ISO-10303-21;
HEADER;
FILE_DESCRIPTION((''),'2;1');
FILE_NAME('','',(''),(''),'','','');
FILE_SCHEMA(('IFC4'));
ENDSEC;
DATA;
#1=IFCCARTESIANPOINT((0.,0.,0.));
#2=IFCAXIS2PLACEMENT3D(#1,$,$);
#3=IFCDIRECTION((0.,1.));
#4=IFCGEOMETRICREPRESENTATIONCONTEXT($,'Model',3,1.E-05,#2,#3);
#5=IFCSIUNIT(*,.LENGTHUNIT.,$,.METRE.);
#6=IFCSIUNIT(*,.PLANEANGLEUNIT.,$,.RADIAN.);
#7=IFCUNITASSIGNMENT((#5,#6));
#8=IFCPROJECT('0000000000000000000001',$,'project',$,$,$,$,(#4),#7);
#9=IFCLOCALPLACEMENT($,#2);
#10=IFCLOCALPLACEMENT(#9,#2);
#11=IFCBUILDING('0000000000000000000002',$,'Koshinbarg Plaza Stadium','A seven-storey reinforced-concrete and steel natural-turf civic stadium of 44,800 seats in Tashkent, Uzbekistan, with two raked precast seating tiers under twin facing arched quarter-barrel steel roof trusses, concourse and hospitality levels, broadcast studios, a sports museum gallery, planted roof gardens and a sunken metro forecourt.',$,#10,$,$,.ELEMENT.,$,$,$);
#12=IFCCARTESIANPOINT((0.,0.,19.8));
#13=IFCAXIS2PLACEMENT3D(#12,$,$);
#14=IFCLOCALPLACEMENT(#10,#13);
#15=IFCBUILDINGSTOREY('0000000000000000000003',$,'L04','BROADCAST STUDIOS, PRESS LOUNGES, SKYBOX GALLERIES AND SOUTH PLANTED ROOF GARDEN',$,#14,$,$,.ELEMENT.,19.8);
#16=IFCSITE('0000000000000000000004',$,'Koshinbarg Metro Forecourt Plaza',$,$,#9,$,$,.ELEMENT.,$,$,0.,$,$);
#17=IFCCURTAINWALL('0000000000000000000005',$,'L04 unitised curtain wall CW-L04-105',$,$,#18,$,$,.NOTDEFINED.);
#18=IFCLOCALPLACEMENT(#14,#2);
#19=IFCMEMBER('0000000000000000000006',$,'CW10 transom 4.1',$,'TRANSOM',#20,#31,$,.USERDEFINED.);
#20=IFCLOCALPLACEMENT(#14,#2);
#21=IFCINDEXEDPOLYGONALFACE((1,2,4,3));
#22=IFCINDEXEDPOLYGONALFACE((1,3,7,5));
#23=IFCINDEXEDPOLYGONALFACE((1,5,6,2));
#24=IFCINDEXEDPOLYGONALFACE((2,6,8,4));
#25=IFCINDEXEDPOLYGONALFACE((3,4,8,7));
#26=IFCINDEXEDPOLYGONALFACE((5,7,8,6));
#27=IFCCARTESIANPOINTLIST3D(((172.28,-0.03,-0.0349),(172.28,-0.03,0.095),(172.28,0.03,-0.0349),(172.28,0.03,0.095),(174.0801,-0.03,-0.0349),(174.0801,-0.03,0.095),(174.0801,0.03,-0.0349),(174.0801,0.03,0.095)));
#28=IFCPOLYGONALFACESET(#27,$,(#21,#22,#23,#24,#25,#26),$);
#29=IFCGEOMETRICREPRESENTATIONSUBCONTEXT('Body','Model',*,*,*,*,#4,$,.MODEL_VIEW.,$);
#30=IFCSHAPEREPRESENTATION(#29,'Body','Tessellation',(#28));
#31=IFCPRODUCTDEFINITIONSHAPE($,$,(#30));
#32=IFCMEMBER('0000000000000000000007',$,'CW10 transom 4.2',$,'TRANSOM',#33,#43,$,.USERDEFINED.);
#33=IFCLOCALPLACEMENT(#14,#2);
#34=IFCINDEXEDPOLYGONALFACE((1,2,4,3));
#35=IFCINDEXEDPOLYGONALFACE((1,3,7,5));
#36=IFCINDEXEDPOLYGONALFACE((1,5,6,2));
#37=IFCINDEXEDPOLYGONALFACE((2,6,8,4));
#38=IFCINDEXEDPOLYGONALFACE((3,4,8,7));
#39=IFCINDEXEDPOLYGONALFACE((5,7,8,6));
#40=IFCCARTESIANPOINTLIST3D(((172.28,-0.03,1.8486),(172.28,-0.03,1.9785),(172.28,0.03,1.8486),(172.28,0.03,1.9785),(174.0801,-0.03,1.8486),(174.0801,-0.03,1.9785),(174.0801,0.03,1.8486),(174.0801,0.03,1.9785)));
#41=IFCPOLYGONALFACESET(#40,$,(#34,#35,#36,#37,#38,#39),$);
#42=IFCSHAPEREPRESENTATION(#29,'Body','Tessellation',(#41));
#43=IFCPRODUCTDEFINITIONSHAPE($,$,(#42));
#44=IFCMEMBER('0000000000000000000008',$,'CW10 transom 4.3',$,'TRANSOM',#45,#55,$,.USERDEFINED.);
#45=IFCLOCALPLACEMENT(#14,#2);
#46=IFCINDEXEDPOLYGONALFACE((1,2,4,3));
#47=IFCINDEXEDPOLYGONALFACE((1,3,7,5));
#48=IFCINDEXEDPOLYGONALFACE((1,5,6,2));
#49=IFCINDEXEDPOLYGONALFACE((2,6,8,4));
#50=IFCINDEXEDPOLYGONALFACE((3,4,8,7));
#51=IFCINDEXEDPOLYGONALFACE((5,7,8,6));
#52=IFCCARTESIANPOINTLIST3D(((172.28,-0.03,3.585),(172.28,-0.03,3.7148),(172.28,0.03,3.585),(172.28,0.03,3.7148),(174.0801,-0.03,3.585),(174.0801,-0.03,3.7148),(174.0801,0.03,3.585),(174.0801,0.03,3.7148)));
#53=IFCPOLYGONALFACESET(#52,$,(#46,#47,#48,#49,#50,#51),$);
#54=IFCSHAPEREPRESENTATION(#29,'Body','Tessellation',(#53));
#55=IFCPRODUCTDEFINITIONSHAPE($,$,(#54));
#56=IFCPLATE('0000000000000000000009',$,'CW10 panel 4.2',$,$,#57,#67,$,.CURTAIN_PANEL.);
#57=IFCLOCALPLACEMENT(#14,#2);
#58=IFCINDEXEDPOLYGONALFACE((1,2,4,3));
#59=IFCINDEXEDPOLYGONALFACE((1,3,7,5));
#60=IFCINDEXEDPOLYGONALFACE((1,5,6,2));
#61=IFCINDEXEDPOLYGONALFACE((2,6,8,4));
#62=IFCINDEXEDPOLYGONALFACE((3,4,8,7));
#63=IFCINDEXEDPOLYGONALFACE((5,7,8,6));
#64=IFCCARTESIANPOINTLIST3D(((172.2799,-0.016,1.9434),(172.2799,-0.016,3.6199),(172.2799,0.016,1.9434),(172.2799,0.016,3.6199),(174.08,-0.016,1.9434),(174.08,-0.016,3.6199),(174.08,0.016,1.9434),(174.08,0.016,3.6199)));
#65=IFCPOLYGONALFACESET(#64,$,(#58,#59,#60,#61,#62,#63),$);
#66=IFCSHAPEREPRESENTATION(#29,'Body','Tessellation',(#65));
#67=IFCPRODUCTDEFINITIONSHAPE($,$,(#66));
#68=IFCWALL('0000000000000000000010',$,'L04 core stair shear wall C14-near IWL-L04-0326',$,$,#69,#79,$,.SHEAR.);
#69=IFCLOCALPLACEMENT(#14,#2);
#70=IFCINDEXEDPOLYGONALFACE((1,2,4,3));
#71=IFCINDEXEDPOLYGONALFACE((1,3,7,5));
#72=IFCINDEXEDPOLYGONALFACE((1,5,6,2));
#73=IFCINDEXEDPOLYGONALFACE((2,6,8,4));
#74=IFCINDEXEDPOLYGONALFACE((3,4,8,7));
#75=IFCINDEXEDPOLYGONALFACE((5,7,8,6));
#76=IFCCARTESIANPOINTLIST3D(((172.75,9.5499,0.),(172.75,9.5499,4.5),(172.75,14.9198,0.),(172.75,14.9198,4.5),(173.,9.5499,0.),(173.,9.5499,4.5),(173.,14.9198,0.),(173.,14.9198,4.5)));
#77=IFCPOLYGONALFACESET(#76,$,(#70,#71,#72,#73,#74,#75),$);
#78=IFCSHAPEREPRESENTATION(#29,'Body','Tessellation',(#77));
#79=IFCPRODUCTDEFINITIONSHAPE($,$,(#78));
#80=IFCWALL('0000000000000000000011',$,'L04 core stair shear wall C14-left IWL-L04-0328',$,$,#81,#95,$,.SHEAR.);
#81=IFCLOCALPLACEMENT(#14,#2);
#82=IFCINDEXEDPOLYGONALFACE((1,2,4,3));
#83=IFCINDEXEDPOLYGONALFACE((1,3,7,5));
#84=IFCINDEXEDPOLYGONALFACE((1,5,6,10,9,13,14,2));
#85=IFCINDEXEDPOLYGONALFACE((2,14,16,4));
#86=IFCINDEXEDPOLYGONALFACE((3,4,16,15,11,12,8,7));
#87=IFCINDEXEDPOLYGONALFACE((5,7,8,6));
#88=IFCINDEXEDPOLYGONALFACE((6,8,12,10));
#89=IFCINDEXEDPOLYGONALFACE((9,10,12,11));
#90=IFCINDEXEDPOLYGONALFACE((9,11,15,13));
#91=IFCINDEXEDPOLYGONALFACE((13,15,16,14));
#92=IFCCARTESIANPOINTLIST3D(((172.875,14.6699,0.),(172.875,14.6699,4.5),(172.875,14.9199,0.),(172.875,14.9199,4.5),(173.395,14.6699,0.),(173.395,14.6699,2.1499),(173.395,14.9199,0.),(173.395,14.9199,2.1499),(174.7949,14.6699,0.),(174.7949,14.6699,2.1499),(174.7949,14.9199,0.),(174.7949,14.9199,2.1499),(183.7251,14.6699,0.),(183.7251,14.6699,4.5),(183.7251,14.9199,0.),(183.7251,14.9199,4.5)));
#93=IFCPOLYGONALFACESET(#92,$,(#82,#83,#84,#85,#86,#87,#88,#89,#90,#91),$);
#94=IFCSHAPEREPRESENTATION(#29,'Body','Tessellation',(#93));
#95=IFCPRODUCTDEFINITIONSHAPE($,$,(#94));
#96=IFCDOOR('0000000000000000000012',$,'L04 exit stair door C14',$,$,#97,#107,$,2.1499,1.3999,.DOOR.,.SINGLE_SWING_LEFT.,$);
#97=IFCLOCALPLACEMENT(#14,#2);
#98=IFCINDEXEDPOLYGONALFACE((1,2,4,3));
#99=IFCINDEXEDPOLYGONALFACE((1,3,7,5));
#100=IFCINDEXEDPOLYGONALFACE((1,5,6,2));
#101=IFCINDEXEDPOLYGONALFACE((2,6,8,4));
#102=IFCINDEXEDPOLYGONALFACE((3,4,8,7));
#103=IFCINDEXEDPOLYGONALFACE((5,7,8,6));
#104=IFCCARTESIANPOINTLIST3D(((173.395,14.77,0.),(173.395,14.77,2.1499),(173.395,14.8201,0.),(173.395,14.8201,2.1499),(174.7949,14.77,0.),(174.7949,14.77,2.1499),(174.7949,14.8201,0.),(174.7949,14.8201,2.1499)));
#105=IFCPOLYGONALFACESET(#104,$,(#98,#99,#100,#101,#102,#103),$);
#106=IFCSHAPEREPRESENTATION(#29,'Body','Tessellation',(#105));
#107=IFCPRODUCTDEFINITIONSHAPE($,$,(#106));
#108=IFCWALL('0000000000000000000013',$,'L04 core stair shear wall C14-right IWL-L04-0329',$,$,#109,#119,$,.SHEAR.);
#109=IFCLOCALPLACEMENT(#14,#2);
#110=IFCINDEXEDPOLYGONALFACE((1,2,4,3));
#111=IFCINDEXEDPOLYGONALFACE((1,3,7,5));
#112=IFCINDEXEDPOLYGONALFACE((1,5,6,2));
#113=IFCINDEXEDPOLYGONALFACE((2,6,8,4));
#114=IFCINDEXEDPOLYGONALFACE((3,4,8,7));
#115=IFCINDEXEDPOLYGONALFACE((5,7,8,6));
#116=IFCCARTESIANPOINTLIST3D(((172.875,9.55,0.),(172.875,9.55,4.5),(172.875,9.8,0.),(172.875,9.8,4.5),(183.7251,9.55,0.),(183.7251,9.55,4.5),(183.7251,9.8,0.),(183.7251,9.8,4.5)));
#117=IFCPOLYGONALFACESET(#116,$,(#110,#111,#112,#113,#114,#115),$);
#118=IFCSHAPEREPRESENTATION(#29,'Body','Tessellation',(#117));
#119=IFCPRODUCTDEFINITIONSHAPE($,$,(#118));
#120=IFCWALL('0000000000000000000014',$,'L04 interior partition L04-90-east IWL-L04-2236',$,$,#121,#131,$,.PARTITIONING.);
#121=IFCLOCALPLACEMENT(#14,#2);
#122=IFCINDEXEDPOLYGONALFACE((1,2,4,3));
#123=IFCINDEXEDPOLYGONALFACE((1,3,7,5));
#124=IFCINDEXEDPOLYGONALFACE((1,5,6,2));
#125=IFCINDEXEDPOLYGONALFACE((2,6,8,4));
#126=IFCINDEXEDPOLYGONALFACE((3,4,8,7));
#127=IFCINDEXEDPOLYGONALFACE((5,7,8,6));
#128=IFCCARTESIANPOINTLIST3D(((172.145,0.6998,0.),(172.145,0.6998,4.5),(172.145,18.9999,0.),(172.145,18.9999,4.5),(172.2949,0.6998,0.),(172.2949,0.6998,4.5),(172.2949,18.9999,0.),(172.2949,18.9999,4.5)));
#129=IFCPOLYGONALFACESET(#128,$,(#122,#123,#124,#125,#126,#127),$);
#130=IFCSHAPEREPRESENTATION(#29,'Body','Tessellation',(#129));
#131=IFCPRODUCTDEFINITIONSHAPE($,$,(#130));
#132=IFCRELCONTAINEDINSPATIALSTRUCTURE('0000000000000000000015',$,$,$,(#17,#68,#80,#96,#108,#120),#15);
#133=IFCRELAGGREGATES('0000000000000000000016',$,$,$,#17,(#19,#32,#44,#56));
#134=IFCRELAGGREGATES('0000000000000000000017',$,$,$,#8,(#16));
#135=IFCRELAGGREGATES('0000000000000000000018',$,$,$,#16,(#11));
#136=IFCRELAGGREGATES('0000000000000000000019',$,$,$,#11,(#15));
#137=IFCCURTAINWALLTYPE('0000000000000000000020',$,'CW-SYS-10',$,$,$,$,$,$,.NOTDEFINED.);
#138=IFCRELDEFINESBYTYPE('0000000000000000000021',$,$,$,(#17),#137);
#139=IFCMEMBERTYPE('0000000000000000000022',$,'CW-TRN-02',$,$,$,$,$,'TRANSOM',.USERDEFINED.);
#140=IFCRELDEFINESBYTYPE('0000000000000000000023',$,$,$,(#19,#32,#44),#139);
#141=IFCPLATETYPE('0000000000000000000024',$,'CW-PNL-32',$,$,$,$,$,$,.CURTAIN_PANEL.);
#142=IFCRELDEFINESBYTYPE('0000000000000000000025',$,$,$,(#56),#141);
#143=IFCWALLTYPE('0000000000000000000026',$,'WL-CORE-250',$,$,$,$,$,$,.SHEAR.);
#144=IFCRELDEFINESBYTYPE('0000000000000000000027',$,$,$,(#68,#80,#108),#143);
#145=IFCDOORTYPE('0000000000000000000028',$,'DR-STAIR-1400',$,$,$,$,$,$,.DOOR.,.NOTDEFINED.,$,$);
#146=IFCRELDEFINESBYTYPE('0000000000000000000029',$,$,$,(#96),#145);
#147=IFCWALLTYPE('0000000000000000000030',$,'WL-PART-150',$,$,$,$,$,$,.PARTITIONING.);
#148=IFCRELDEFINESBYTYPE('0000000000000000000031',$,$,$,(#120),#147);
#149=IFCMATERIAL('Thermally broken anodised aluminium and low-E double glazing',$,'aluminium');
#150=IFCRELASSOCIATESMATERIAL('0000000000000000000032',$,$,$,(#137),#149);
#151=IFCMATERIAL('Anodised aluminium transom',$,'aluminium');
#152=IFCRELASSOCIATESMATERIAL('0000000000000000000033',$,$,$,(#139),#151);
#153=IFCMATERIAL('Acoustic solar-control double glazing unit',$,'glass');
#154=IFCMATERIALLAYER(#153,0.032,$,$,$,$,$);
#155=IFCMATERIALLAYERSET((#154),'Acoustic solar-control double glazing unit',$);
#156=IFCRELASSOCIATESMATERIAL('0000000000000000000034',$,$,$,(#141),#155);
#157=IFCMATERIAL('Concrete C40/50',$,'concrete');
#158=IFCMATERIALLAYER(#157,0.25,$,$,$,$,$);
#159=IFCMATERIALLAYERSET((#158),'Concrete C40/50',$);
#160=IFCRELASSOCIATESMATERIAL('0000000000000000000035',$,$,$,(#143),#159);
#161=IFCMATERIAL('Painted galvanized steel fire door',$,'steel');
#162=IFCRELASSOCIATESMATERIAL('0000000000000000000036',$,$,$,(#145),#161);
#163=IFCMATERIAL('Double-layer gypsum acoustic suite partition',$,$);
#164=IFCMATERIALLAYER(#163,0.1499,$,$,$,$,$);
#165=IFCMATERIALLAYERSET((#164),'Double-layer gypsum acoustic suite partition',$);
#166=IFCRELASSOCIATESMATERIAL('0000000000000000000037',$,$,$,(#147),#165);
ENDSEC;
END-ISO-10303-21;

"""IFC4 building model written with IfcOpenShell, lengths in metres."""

from ifc_helpers import new_model, si_unit, direction, frame, frame_2d, origin, origin_2d, place, context, subcontext, project, spatial, rectangle, extrude, material, layer, layer_set, material_profile, profile_set, type_object, element, fill, aggregate, save


model = new_model("IFC4")

# Units and contexts
model_context = context("Model", 3, precision=1e-05, world=origin(), true_north=direction((0.0, 1.0)))
body_context = subcontext(model_context, "Body", "Model", "MODEL_VIEW")
ifc_project = project(units=[si_unit("LENGTHUNIT", "METRE"), si_unit("PLANEANGLEUNIT", "RADIAN")], contexts=[model_context])

# Site, building, storey
site_placement = place(None, origin())
site = spatial("IfcSite", under=ifc_project, at=site_placement, Name="Koshinbarg Metro Forecourt Plaza", CompositionType="ELEMENT", RefElevation=0.0)
building_placement = place(site_placement, origin())
building = spatial("IfcBuilding", under=site, at=building_placement, Name="Koshinbarg Plaza Stadium", Description="A seven-storey reinforced-concrete and steel natural-turf civic stadium of 44,800 seats in Tashkent, Uzbekistan, with two raked precast seating tiers under twin facing arched quarter-barrel steel roof trusses, concourse and hospitality levels, broadcast studios, a sports museum gallery, planted roof gardens and a sunken metro forecourt.", CompositionType="ELEMENT")
storey_placement = place(building_placement, frame((0.0, 0.0, 19.8)))
storey = spatial("IfcBuildingStorey", under=building, at=storey_placement, Name="L04", Description="BROADCAST STUDIOS, PRESS LOUNGES, SKYBOX GALLERIES AND SOUTH PLANTED ROOF GARDEN", CompositionType="ELEMENT", Elevation=19.8)

# Shared definitions
ifc_material_1 = material(Name="Concrete C40/50", Category="concrete")

# Curtain wall, members, plate
ifc_material_2 = material(Name="Thermally broken anodised aluminium and low-E double glazing", Category="aluminium")
curtain_wall_type = type_object("IfcCurtainWallType", Name="CW-SYS-10", PredefinedType="NOTDEFINED", material=ifc_material_2)
curtain_wall_placement = place(storey_placement, origin())
curtain_wall = element("IfcCurtainWall", 1, at=curtain_wall_placement, inside=storey, type_object=curtain_wall_type, Name="L04 unitised curtain wall CW-L04-105", PredefinedType="NOTDEFINED")
ifc_material_3 = material(Name="Anodised aluminium transom", Category="aluminium")
ifc_material_profile_1 = material_profile(ifc_material_3, rectangle(XDim=0.0601, YDim=0.1299, at=origin_2d()), Name="ALU 60x130")
ifc_profile_set_1 = profile_set([ifc_material_profile_1], Name="Anodised aluminium transom")
member_type_1 = type_object("IfcMemberType", Name="CW-TRN-02", ElementType="TRANSOM", PredefinedType="USERDEFINED", material=ifc_profile_set_1)
member_1_placement = place(storey_placement, frame((174.0801, 0.0, 0.03), z_axis=(-1.0, 0.0, 0.0), x_axis=(0.0, -1.0, 0.0)))
member_1 = element("IfcMember", 2, at=member_1_placement, type_object=member_type_1, Name="CW10 transom 4.1", ObjectType="TRANSOM", PredefinedType="USERDEFINED", context=body_context, shape_type="SweptSolid", body=[
    extrude(rectangle(XDim=0.0601, YDim=0.1299, at=origin_2d()), origin(), (0.0, 0.0, 1.0), 1.8),
])
member_2_placement = place(storey_placement, frame((174.0801, 0.0, 1.9136), z_axis=(-1.0, 0.0, 0.0), x_axis=(0.0, -1.0, 0.0)))
member_2 = element("IfcMember", 3, at=member_2_placement, type_object=member_type_1, Name="CW10 transom 4.2", ObjectType="TRANSOM", PredefinedType="USERDEFINED", context=body_context, shape_type="SweptSolid", body=[
    extrude(rectangle(XDim=0.0601, YDim=0.1299, at=origin_2d()), origin(), (0.0, 0.0, 1.0), 1.8),
])
member_3_placement = place(storey_placement, frame((174.0801, 0.0, 3.6499), z_axis=(-1.0, 0.0, 0.0), x_axis=(0.0, -1.0, 0.0)))
member_3 = element("IfcMember", 4, at=member_3_placement, type_object=member_type_1, Name="CW10 transom 4.3", ObjectType="TRANSOM", PredefinedType="USERDEFINED", context=body_context, shape_type="SweptSolid", body=[
    extrude(rectangle(XDim=0.0601, YDim=0.1299, at=origin_2d()), origin(), (0.0, 0.0, 1.0), 1.8),
])
ifc_material_4 = material(Name="Acoustic solar-control double glazing unit", Category="glass")
ifc_layer_1 = layer(ifc_material_4, 0.032)
ifc_layer_set_1 = layer_set([ifc_layer_1], Name="Acoustic solar-control double glazing unit")
plate_type = type_object("IfcPlateType", Name="CW-PNL-32", PredefinedType="CURTAIN_PANEL", material=ifc_layer_set_1)
plate_placement = place(storey_placement, frame((173.1799, 0.0, 1.9434), z_axis=(0.0, 0.0, 1.0), x_axis=(-1.0, 0.0, 0.0)))
plate = element("IfcPlate", 5, at=plate_placement, type_object=plate_type, Name="CW10 panel 4.2", PredefinedType="CURTAIN_PANEL", context=body_context, shape_type="SweptSolid", body=[
    extrude(rectangle(XDim=1.8, YDim=0.032, at=origin_2d()), origin(), (0.0, 0.0, 1.0), 1.6765),
])
aggregate(curtain_wall, [member_1, member_2, member_3, plate])

# Wall
ifc_layer_2 = layer(ifc_material_1, 0.25)
ifc_layer_set_2 = layer_set([ifc_layer_2], Name="Concrete C40/50")
wall_type_1 = type_object("IfcWallType", Name="WL-CORE-250", PredefinedType="SHEAR", material=ifc_layer_set_2)
wall_1_placement = place(storey_placement, frame((172.875, 14.9199, 0.0), z_axis=(0.0, 0.0, 1.0), x_axis=(0.0, -1.0, 0.0)))
element("IfcWall", 6, at=wall_1_placement, inside=storey, type_object=wall_type_1, Name="L04 core stair shear wall C14-near IWL-L04-0326", PredefinedType="SHEAR", context=body_context, shape_type="SweptSolid", body=[
    extrude(rectangle(XDim=5.3699, YDim=0.25, at=frame_2d((2.6851, 0.0))), origin(), (0.0, 0.0, 1.0), 4.5),
])

# Wall, opening, door
wall_2_placement = place(storey_placement, frame((172.875, 14.7949, 0.0), z_axis=(0.0, 0.0, 1.0), x_axis=(1.0, 0.0, 0.0)))
wall_2 = element("IfcWall", 7, at=wall_2_placement, inside=storey, type_object=wall_type_1, Name="L04 core stair shear wall C14-left IWL-L04-0328", PredefinedType="SHEAR", context=body_context, shape_type="SweptSolid", body=[
    extrude(rectangle(XDim=10.8501, YDim=0.25, at=frame_2d((5.425, 0.0))), origin(), (0.0, 0.0, 1.0), 4.5),
])
opening_placement = place(wall_2_placement, frame((0.52, 0.0, 0.0)))
opening = element("IfcOpeningElement", 8, at=opening_placement, cuts=wall_2, PredefinedType="OPENING", context=body_context, shape_type="SweptSolid", body=[
    extrude(rectangle(XDim=1.3999, YDim=2.1499, at=frame_2d((0.7, 1.075))), frame((0.0, 0.135, 0.0), z_axis=(0.0, -1.0, 0.0), x_axis=(1.0, 0.0, 0.0)), (0.0, 0.0, 1.0), 0.27),
])
ifc_material_5 = material(Name="Painted galvanized steel fire door", Category="steel")
door_type = type_object("IfcDoorType", Name="DR-STAIR-1400", OperationType="NOTDEFINED", PredefinedType="DOOR", material=ifc_material_5)
door_placement = place(opening_placement, frame((1.3999, 0.0, 0.0), z_axis=(0.0, 0.0, 1.0), x_axis=(-1.0, 0.0, 0.0)))
door = element("IfcDoor", 9, at=door_placement, inside=storey, type_object=door_type, Name="L04 exit stair door C14", OperationType="SINGLE_SWING_LEFT", OverallHeight=2.1499, OverallWidth=1.3999, PredefinedType="DOOR", context=body_context, shape_type="SweptSolid", body=[
    extrude(rectangle(XDim=1.3999, YDim=2.1499, at=frame_2d((0.7, 1.075))), frame((0.0, 0.0249, 0.0), z_axis=(0.0, -1.0, 0.0), x_axis=(1.0, 0.0, 0.0)), (0.0, 0.0, 1.0), 0.05),
])
fill(opening, door)

# Walls
wall_3_placement = place(storey_placement, frame((172.875, 9.675, 0.0), z_axis=(0.0, 0.0, 1.0), x_axis=(1.0, 0.0, 0.0)))
element("IfcWall", 10, at=wall_3_placement, inside=storey, type_object=wall_type_1, Name="L04 core stair shear wall C14-right IWL-L04-0329", PredefinedType="SHEAR", context=body_context, shape_type="SweptSolid", body=[
    extrude(rectangle(XDim=10.8501, YDim=0.25, at=frame_2d((5.425, 0.0))), origin(), (0.0, 0.0, 1.0), 4.5),
])
ifc_material_6 = material(Name="Double-layer gypsum acoustic suite partition")
ifc_layer_3 = layer(ifc_material_6, 0.1499)
ifc_layer_set_3 = layer_set([ifc_layer_3], Name="Double-layer gypsum acoustic suite partition")
wall_type_2 = type_object("IfcWallType", Name="WL-PART-150", PredefinedType="PARTITIONING", material=ifc_layer_set_3)
wall_4_placement = place(storey_placement, frame((172.22, 0.7, 0.0), z_axis=(0.0, 0.0, 1.0), x_axis=(0.0, 1.0, 0.0)))
element("IfcWall", 11, at=wall_4_placement, inside=storey, type_object=wall_type_2, Name="L04 interior partition L04-90-east IWL-L04-2236", PredefinedType="PARTITIONING", context=body_context, shape_type="SweptSolid", body=[
    extrude(rectangle(XDim=18.3, YDim=0.1499, at=frame_2d((9.1499, 0.0))), origin(), (0.0, 0.0, 1.0), 4.5),
])

save(model, "model.ifc")
